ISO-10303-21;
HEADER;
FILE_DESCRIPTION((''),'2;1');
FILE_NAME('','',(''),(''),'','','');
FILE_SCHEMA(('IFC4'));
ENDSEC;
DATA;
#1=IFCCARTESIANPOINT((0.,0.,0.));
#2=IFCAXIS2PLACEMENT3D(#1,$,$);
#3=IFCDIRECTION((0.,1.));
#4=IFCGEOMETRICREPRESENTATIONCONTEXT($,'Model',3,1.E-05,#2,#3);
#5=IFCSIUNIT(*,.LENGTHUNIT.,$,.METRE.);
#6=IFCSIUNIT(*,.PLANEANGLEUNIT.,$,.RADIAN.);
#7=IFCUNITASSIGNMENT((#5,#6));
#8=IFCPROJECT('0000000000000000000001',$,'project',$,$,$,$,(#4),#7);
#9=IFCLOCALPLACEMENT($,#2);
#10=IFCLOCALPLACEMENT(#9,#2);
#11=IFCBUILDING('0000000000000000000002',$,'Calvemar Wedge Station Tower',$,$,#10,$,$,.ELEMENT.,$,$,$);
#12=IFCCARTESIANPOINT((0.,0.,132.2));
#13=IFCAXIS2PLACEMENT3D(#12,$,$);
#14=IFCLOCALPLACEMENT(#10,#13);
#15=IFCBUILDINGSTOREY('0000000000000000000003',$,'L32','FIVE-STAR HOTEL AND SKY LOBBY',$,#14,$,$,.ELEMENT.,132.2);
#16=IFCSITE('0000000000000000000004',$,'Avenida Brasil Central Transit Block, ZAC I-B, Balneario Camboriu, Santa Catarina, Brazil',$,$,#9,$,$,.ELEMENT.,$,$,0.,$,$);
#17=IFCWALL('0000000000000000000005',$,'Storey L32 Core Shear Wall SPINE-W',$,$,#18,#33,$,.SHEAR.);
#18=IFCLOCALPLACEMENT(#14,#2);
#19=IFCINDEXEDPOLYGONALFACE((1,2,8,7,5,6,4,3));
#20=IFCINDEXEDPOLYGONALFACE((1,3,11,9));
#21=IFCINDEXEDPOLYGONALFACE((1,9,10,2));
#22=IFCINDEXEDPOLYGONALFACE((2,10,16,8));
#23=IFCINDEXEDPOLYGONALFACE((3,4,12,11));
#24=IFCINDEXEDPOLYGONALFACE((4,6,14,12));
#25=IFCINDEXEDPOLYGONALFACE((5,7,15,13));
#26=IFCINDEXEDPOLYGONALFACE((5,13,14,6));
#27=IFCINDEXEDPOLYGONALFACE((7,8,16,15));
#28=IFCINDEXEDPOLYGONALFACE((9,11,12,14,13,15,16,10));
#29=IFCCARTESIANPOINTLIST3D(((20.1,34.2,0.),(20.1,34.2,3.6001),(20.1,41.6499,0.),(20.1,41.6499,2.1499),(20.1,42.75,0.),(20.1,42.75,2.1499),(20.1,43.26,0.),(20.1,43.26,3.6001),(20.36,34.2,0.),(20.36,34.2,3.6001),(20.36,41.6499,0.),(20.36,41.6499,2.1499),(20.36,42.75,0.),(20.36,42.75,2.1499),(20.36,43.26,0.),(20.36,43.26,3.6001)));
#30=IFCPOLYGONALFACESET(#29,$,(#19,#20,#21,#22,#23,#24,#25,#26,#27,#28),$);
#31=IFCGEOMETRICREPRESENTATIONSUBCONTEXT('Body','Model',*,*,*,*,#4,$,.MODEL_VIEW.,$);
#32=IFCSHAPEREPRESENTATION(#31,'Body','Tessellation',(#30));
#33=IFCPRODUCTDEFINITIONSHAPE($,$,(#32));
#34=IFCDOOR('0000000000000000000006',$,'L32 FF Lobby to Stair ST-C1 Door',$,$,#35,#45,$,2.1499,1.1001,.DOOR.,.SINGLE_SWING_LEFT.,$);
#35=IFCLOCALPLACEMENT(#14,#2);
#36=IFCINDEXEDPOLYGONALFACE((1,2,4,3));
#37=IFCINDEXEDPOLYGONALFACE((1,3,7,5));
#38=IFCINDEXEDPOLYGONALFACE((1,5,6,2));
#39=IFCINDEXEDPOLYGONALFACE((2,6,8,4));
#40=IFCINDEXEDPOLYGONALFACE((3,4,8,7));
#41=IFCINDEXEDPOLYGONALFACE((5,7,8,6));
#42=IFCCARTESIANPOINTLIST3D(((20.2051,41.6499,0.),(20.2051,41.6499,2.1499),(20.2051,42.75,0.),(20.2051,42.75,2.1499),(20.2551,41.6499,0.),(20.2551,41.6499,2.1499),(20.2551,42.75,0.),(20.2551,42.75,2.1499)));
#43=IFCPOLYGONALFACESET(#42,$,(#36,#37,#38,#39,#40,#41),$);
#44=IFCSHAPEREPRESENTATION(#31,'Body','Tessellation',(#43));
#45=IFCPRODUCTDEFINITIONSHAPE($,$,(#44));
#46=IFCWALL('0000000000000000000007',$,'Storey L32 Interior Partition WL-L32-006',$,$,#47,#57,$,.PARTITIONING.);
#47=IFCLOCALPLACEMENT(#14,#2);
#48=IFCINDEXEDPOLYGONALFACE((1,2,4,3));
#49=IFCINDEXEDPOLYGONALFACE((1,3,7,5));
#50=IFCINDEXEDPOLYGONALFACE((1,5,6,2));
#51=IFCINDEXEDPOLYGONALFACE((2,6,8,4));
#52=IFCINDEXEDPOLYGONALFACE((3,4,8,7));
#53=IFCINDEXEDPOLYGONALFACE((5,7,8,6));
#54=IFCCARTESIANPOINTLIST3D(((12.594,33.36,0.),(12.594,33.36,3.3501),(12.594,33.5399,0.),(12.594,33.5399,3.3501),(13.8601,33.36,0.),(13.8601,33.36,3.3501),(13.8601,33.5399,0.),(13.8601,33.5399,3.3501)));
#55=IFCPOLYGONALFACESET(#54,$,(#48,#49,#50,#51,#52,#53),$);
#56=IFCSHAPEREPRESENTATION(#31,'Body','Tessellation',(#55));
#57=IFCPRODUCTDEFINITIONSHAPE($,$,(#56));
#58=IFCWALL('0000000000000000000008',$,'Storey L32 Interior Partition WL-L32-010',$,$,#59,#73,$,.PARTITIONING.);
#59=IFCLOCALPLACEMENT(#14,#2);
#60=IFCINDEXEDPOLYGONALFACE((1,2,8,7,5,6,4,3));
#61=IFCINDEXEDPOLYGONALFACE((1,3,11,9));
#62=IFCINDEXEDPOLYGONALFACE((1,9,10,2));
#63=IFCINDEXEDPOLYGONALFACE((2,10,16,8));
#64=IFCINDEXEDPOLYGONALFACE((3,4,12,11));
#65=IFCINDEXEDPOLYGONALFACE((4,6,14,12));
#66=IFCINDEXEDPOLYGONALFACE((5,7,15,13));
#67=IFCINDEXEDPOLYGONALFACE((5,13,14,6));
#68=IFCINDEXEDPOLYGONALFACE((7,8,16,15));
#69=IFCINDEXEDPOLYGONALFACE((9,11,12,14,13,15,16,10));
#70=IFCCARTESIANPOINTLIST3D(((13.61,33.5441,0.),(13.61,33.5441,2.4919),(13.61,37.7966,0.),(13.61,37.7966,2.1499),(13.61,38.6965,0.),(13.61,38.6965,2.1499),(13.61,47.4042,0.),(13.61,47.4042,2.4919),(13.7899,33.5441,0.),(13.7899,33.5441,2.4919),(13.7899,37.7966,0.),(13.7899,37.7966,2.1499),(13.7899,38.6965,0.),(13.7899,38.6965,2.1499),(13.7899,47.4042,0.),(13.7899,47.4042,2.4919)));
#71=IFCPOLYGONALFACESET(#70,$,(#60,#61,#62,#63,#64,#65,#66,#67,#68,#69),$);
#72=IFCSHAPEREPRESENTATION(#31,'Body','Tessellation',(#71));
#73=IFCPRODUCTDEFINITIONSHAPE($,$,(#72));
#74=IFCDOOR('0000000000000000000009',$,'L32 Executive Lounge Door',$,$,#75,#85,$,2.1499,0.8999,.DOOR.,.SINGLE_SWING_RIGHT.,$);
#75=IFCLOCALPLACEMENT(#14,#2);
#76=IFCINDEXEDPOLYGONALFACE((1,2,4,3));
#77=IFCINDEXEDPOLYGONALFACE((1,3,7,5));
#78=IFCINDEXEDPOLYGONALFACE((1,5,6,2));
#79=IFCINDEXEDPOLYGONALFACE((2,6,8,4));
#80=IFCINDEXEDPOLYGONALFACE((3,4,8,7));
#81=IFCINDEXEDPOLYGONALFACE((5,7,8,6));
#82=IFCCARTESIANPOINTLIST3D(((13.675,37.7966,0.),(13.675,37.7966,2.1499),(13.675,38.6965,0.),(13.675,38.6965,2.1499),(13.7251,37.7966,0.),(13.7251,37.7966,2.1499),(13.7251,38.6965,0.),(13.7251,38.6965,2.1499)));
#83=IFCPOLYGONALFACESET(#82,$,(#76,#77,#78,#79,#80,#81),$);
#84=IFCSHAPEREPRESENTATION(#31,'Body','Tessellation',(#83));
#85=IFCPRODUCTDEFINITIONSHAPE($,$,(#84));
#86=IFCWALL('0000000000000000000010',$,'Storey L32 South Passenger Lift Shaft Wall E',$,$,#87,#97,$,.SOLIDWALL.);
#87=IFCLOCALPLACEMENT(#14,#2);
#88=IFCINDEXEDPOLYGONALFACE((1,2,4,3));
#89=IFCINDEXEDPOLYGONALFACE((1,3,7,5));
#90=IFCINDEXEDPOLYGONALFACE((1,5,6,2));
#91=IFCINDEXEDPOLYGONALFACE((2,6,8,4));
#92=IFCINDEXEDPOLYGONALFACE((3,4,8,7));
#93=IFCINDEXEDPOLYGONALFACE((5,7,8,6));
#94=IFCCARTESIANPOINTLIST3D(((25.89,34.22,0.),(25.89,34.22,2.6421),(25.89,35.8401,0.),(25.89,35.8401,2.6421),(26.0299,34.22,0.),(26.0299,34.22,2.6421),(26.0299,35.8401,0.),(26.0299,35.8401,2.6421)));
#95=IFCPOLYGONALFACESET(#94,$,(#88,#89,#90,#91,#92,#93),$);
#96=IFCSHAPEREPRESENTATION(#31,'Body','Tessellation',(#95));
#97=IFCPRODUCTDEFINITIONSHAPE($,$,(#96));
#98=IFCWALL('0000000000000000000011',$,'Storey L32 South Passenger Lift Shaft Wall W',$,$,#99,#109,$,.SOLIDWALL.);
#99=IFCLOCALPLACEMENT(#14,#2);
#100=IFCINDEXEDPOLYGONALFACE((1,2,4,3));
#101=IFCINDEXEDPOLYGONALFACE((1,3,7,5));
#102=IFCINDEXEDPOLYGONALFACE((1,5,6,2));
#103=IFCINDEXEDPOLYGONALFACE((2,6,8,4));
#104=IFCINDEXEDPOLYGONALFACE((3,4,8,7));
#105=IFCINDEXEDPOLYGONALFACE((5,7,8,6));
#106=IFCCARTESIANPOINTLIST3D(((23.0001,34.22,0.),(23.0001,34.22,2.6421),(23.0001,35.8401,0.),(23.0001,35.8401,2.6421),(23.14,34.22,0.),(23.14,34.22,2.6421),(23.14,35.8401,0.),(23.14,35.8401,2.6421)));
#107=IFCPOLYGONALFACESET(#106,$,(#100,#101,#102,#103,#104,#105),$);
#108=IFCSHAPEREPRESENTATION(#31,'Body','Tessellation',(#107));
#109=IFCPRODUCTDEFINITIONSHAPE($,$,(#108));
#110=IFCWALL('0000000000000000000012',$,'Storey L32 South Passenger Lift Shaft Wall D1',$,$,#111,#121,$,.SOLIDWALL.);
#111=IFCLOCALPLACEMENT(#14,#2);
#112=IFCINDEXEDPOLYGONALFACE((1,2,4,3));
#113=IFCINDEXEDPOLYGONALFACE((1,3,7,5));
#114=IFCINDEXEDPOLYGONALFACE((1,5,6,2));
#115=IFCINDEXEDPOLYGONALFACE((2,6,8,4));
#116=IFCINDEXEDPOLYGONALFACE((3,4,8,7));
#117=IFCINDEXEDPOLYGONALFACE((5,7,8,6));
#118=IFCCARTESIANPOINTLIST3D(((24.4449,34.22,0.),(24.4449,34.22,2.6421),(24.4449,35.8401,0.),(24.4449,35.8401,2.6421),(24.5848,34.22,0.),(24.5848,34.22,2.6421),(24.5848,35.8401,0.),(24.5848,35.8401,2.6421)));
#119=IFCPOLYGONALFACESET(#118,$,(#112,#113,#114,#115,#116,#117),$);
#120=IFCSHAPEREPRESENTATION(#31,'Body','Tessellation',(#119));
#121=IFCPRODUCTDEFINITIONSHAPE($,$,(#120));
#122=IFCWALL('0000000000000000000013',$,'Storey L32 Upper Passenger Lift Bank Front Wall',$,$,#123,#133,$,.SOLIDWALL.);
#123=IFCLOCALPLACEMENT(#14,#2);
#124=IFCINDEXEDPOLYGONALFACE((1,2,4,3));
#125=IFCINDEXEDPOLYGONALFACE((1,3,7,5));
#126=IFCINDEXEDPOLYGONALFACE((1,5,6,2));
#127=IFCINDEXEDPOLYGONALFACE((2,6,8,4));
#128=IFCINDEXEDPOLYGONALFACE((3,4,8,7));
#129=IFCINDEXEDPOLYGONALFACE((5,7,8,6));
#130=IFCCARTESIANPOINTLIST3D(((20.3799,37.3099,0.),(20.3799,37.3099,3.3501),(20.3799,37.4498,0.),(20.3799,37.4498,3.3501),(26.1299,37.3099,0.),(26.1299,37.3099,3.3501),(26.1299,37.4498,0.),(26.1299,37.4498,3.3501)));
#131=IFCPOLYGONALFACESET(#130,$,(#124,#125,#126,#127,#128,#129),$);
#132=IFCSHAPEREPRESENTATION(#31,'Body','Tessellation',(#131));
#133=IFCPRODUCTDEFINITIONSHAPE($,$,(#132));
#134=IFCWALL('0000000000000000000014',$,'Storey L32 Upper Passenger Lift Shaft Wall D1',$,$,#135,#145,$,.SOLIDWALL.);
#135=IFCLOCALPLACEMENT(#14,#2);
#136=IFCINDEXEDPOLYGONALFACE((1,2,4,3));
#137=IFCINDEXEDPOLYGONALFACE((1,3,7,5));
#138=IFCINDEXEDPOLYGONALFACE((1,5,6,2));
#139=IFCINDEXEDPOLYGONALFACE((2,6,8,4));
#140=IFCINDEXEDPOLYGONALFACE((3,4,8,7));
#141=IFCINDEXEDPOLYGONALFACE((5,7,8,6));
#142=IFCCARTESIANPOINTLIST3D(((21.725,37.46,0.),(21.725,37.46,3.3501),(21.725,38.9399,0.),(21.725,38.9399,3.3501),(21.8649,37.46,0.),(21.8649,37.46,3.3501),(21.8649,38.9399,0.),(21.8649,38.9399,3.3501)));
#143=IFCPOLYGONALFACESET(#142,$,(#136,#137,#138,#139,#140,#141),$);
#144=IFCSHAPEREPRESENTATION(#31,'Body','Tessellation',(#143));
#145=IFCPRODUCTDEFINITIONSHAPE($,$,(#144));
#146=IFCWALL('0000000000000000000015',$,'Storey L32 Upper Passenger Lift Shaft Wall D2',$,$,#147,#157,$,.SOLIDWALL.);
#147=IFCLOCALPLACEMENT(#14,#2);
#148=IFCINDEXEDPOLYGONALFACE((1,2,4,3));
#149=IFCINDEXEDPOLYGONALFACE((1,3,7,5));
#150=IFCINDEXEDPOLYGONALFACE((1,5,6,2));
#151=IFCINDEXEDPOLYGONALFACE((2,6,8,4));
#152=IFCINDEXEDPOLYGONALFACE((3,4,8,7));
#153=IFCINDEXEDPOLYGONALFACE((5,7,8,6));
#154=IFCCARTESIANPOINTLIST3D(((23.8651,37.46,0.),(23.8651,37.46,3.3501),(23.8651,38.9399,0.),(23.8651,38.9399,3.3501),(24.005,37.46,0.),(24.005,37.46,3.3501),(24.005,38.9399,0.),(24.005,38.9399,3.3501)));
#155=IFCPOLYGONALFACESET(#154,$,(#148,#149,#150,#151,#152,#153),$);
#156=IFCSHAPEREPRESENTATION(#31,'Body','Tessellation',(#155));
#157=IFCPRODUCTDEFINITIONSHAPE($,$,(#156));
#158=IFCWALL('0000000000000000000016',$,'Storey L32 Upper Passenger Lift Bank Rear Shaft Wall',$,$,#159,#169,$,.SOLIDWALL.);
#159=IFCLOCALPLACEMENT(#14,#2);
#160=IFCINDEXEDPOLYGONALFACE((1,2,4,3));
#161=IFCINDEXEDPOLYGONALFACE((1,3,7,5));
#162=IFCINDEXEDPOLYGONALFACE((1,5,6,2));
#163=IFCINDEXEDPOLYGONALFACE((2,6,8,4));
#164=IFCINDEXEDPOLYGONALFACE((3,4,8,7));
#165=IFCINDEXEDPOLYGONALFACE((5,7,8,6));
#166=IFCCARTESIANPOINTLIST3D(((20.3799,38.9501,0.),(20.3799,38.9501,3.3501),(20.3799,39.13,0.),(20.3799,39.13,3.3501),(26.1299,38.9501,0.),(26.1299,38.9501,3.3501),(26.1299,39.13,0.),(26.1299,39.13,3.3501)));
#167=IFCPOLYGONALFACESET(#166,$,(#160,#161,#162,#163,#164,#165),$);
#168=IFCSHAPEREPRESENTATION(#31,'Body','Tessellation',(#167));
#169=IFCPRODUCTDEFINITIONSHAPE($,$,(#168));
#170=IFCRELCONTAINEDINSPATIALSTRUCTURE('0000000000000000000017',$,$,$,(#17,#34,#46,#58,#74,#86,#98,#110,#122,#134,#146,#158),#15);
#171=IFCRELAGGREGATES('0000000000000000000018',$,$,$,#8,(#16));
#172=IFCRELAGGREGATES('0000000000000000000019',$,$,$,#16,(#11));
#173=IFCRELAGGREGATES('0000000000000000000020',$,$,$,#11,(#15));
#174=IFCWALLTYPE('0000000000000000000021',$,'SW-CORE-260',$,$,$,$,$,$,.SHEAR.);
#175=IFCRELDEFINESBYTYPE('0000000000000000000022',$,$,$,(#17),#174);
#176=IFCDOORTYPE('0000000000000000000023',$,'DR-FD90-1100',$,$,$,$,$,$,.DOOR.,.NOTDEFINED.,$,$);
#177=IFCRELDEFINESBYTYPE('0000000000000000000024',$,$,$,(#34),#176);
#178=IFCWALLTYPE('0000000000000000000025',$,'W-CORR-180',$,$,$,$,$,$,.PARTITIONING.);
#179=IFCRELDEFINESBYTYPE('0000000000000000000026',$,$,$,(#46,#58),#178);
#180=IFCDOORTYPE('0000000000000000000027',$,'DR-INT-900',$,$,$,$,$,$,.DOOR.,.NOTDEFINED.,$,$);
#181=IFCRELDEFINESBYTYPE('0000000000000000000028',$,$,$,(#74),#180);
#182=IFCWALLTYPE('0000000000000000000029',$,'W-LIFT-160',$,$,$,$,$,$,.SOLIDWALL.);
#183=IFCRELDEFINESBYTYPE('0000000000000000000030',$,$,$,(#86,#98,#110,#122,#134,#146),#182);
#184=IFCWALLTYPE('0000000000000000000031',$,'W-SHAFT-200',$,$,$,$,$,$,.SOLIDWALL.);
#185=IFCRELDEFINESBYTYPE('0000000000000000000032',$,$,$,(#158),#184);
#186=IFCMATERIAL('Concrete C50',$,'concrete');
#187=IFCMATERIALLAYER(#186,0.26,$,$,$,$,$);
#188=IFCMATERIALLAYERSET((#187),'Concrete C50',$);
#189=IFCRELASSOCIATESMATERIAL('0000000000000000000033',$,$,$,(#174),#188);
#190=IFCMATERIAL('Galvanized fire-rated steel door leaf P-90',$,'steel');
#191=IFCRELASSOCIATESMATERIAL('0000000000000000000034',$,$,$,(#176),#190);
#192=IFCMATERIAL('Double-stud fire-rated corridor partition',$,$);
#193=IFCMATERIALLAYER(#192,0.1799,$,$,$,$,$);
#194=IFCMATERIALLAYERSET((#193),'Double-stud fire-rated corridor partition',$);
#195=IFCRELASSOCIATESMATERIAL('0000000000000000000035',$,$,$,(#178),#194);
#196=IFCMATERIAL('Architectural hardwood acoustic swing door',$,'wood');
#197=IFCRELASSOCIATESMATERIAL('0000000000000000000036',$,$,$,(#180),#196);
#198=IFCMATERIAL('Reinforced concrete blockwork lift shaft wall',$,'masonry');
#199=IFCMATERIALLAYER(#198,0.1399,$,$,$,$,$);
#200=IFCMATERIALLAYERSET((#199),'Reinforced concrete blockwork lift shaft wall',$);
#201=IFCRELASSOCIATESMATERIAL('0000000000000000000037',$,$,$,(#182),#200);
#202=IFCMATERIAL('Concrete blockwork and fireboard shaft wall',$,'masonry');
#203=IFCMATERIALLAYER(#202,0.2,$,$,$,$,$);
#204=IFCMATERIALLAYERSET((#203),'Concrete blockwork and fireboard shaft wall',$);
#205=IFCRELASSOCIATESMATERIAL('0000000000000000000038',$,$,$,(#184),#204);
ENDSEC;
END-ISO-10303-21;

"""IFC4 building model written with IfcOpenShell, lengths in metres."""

from ifc_helpers import new_model, si_unit, direction, frame, frame_2d, origin, place, context, subcontext, project, spatial, rectangle, extrude, source, transform, mapped, material, layer, layer_set, type_object, element, fill, save


model = new_model("IFC4")

# Units and contexts
model_context = context("Model", 3, precision=1e-05, world=origin(), true_north=direction((0.0, 1.0)))
body_context = subcontext(model_context, "Body", "Model", "MODEL_VIEW")
ifc_project = project(units=[si_unit("LENGTHUNIT", "METRE"), si_unit("PLANEANGLEUNIT", "RADIAN")], contexts=[model_context])

# Site, building, storey
site_placement = place(None, origin())
site = spatial("IfcSite", under=ifc_project, at=site_placement, Name="Avenida Brasil Central Transit Block, ZAC I-B, Balneario Camboriu, Santa Catarina, Brazil", CompositionType="ELEMENT", RefElevation=0.0)
building_placement = place(site_placement, origin())
building = spatial("IfcBuilding", under=site, at=building_placement, Name="Calvemar Wedge Station Tower", CompositionType="ELEMENT")
storey_placement = place(building_placement, frame((0.0, 0.0, 132.2)))
storey = spatial("IfcBuildingStorey", under=building, at=storey_placement, Name="L32", Description="FIVE-STAR HOTEL AND SKY LOBBY", CompositionType="ELEMENT", Elevation=132.2)

# Wall, opening, door
ifc_material_1 = material(Name="Concrete C50", Category="concrete")
ifc_layer_1 = layer(ifc_material_1, 0.26)
ifc_layer_set_1 = layer_set([ifc_layer_1], Name="Concrete C50")
wall_type_1 = type_object("IfcWallType", Name="SW-CORE-260", PredefinedType="SHEAR", material=ifc_layer_set_1)
wall_1_placement = place(storey_placement, frame((20.23, 34.2, 0.0), z_axis=(0.0, 0.0, 1.0), x_axis=(0.0, 1.0, 0.0)))
wall_1 = element("IfcWall", 1, at=wall_1_placement, inside=storey, type_object=wall_type_1, Name="Storey L32 Core Shear Wall SPINE-W", PredefinedType="SHEAR", context=body_context, shape_type="SweptSolid", body=[
    extrude(rectangle(XDim=9.0601, YDim=0.26, at=frame_2d((4.53, 0.0))), origin(), (0.0, 0.0, 1.0), 3.6001),
])
shared_shape_1 = source(origin(), body_context, "Body", "SweptSolid", [
    extrude(rectangle(XDim=1.1001, YDim=2.1499, at=frame_2d((0.55, 1.075))), frame((0.0, 0.1401, 0.0), z_axis=(0.0, -1.0, 0.0), x_axis=(1.0, 0.0, 0.0)), (0.0, 0.0, 1.0), 0.28),
])
opening_1_placement = place(wall_1_placement, frame((7.45, 0.0, 0.0)))
opening_1 = element("IfcOpeningElement", 2, at=opening_1_placement, cuts=wall_1, PredefinedType="OPENING", context=body_context, shape_type="MappedRepresentation", body=[
    mapped(shared_shape_1, transform((0.0, 0.0, 0.0), scale=1.0)),
])
ifc_material_2 = material(Name="Galvanized fire-rated steel door leaf P-90", Category="steel")
door_type_1 = type_object("IfcDoorType", Name="DR-FD90-1100", OperationType="NOTDEFINED", PredefinedType="DOOR", material=ifc_material_2)
shared_shape_2 = source(origin(), body_context, "Body", "SweptSolid", [
    extrude(rectangle(XDim=1.1001, YDim=2.1499, at=frame_2d((0.55, 1.075))), frame((0.0, 0.0249, 0.0), z_axis=(0.0, -1.0, 0.0), x_axis=(1.0, 0.0, 0.0)), (0.0, 0.0, 1.0), 0.05),
])
door_1_placement = place(opening_1_placement, origin())
door_1 = element("IfcDoor", 3, at=door_1_placement, inside=storey, type_object=door_type_1, Name="L32 FF Lobby to Stair ST-C1 Door", OperationType="SINGLE_SWING_LEFT", OverallHeight=2.1499, OverallWidth=1.1001, PredefinedType="DOOR", context=body_context, shape_type="MappedRepresentation", body=[
    mapped(shared_shape_2, transform((0.0, 0.0, 0.0), scale=1.0)),
])
fill(opening_1, door_1)
ifc_material_3 = material(Name="Double-stud fire-rated corridor partition")
ifc_layer_2 = layer(ifc_material_3, 0.1799)
ifc_layer_set_2 = layer_set([ifc_layer_2], Name="Double-stud fire-rated corridor partition")
wall_type_2 = type_object("IfcWallType", Name="W-CORR-180", PredefinedType="PARTITIONING", material=ifc_layer_set_2)
shared_shape_3 = source(origin(), body_context, "Body", "SweptSolid", [
    extrude(rectangle(XDim=0.8999, YDim=2.1499, at=frame_2d((0.45, 1.075))), frame((0.0, 0.1001, 0.0), z_axis=(0.0, -1.0, 0.0), x_axis=(1.0, 0.0, 0.0)), (0.0, 0.0, 1.0), 0.2),
])

# Wall
wall_2_placement = place(storey_placement, frame((12.594, 33.45, 0.0), z_axis=(0.0, 0.0, 1.0), x_axis=(1.0, 0.0, 0.0)))
element("IfcWall", 4, at=wall_2_placement, inside=storey, type_object=wall_type_2, Name="Storey L32 Interior Partition WL-L32-006", PredefinedType="PARTITIONING", context=body_context, shape_type="SweptSolid", body=[
    extrude(rectangle(XDim=1.2661, YDim=0.1799, at=frame_2d((0.6331, 0.0))), origin(), (0.0, 0.0, 1.0), 3.3501),
])

# Wall, opening, door
wall_3_placement = place(storey_placement, frame((13.7, 33.5439, 0.0), z_axis=(0.0, 0.0, 1.0), x_axis=(0.0, 1.0, 0.0)))
wall_3 = element("IfcWall", 5, at=wall_3_placement, inside=storey, type_object=wall_type_2, Name="Storey L32 Interior Partition WL-L32-010", PredefinedType="PARTITIONING", context=body_context, shape_type="SweptSolid", body=[
    extrude(rectangle(XDim=13.8601, YDim=0.1799, at=frame_2d((6.9302, 0.0))), origin(), (0.0, 0.0, 1.0), 2.4919),
])
opening_2_placement = place(wall_3_placement, frame((4.2527, 0.0, 0.0)))
opening_2 = element("IfcOpeningElement", 6, at=opening_2_placement, cuts=wall_3, PredefinedType="OPENING", context=body_context, shape_type="MappedRepresentation", body=[
    mapped(shared_shape_3, transform((0.0, 0.0, 0.0), scale=1.0)),
])
ifc_material_4 = material(Name="Architectural hardwood acoustic swing door", Category="wood")
door_type_2 = type_object("IfcDoorType", Name="DR-INT-900", OperationType="NOTDEFINED", PredefinedType="DOOR", material=ifc_material_4)
shared_shape_4 = source(origin(), body_context, "Body", "SweptSolid", [
    extrude(rectangle(XDim=0.8999, YDim=2.1499, at=frame_2d((0.45, 1.075))), frame((0.0, 0.0249, 0.0), z_axis=(0.0, -1.0, 0.0), x_axis=(1.0, 0.0, 0.0)), (0.0, 0.0, 1.0), 0.05),
])
door_2_placement = place(opening_2_placement, origin())
door_2 = element("IfcDoor", 7, at=door_2_placement, inside=storey, type_object=door_type_2, Name="L32 Executive Lounge Door", OperationType="SINGLE_SWING_RIGHT", OverallHeight=2.1499, OverallWidth=0.8999, PredefinedType="DOOR", context=body_context, shape_type="MappedRepresentation", body=[
    mapped(shared_shape_4, transform((0.0, 0.0, 0.0), scale=1.0)),
])
fill(opening_2, door_2)

# Shared definitions
ifc_material_5 = material(Name="Reinforced concrete blockwork lift shaft wall", Category="masonry")
ifc_layer_3 = layer(ifc_material_5, 0.1399)
ifc_layer_set_3 = layer_set([ifc_layer_3], Name="Reinforced concrete blockwork lift shaft wall")
wall_type_3 = type_object("IfcWallType", Name="W-LIFT-160", PredefinedType="SOLIDWALL", material=ifc_layer_set_3)

# Walls
for number, where, z_axis, x_axis, name in (
    (8, (25.96, 34.22, 0.0), (0.0, 0.0, 1.0), (0.0, 1.0, 0.0), "Storey L32 South Passenger Lift Shaft Wall E"),
    (9, (23.0701, 34.22, 0.0), (0.0, 0.0, 1.0), (0.0, 1.0, 0.0), "Storey L32 South Passenger Lift Shaft Wall W"),
    (10, (24.5149, 34.22, 0.0), (0.0, 0.0, 1.0), (0.0, 1.0, 0.0), "Storey L32 South Passenger Lift Shaft Wall D1"),
):
    element("IfcWall", number, at=place(storey_placement, frame(where, z_axis=z_axis, x_axis=x_axis)), inside=storey, type_object=wall_type_3, Name=name, PredefinedType="SOLIDWALL", context=body_context, shape_type="SweptSolid", body=[
        extrude(rectangle(XDim=1.6201, YDim=0.1399, at=frame_2d((0.8101, 0.0))), origin(), (0.0, 0.0, 1.0), 2.6421),
    ])
wall_4_placement = place(storey_placement, frame((20.3799, 37.3799, 0.0), z_axis=(0.0, 0.0, 1.0), x_axis=(1.0, 0.0, 0.0)))
element("IfcWall", 11, at=wall_4_placement, inside=storey, type_object=wall_type_3, Name="Storey L32 Upper Passenger Lift Bank Front Wall", PredefinedType="SOLIDWALL", context=body_context, shape_type="SweptSolid", body=[
    extrude(rectangle(XDim=5.75, YDim=0.1399, at=frame_2d((2.875, 0.0))), origin(), (0.0, 0.0, 1.0), 3.3501),
])
for number, where, z_axis, x_axis, name in (
    (12, (21.7949, 37.46, 0.0), (0.0, 0.0, 1.0), (0.0, 1.0, 0.0), "Storey L32 Upper Passenger Lift Shaft Wall D1"),
    (13, (23.9351, 37.46, 0.0), (0.0, 0.0, 1.0), (0.0, 1.0, 0.0), "Storey L32 Upper Passenger Lift Shaft Wall D2"),
):
    element("IfcWall", number, at=place(storey_placement, frame(where, z_axis=z_axis, x_axis=x_axis)), inside=storey, type_object=wall_type_3, Name=name, PredefinedType="SOLIDWALL", context=body_context, shape_type="SweptSolid", body=[
        extrude(rectangle(XDim=1.48, YDim=0.1399, at=frame_2d((0.74, 0.0))), origin(), (0.0, 0.0, 1.0), 3.3501),
    ])
ifc_material_6 = material(Name="Concrete blockwork and fireboard shaft wall", Category="masonry")
ifc_layer_4 = layer(ifc_material_6, 0.2)
ifc_layer_set_4 = layer_set([ifc_layer_4], Name="Concrete blockwork and fireboard shaft wall")
wall_type_4 = type_object("IfcWallType", Name="W-SHAFT-200", PredefinedType="SOLIDWALL", material=ifc_layer_set_4)
wall_5_placement = place(storey_placement, frame((20.3799, 39.04, 0.0), z_axis=(0.0, 0.0, 1.0), x_axis=(1.0, 0.0, 0.0)))
element("IfcWall", 14, at=wall_5_placement, inside=storey, type_object=wall_type_4, Name="Storey L32 Upper Passenger Lift Bank Rear Shaft Wall", PredefinedType="SOLIDWALL", context=body_context, shape_type="SweptSolid", body=[
    extrude(rectangle(XDim=5.75, YDim=0.1799, at=frame_2d((2.875, 0.0))), origin(), (0.0, 0.0, 1.0), 3.3501),
])

save(model, "model.ifc")
